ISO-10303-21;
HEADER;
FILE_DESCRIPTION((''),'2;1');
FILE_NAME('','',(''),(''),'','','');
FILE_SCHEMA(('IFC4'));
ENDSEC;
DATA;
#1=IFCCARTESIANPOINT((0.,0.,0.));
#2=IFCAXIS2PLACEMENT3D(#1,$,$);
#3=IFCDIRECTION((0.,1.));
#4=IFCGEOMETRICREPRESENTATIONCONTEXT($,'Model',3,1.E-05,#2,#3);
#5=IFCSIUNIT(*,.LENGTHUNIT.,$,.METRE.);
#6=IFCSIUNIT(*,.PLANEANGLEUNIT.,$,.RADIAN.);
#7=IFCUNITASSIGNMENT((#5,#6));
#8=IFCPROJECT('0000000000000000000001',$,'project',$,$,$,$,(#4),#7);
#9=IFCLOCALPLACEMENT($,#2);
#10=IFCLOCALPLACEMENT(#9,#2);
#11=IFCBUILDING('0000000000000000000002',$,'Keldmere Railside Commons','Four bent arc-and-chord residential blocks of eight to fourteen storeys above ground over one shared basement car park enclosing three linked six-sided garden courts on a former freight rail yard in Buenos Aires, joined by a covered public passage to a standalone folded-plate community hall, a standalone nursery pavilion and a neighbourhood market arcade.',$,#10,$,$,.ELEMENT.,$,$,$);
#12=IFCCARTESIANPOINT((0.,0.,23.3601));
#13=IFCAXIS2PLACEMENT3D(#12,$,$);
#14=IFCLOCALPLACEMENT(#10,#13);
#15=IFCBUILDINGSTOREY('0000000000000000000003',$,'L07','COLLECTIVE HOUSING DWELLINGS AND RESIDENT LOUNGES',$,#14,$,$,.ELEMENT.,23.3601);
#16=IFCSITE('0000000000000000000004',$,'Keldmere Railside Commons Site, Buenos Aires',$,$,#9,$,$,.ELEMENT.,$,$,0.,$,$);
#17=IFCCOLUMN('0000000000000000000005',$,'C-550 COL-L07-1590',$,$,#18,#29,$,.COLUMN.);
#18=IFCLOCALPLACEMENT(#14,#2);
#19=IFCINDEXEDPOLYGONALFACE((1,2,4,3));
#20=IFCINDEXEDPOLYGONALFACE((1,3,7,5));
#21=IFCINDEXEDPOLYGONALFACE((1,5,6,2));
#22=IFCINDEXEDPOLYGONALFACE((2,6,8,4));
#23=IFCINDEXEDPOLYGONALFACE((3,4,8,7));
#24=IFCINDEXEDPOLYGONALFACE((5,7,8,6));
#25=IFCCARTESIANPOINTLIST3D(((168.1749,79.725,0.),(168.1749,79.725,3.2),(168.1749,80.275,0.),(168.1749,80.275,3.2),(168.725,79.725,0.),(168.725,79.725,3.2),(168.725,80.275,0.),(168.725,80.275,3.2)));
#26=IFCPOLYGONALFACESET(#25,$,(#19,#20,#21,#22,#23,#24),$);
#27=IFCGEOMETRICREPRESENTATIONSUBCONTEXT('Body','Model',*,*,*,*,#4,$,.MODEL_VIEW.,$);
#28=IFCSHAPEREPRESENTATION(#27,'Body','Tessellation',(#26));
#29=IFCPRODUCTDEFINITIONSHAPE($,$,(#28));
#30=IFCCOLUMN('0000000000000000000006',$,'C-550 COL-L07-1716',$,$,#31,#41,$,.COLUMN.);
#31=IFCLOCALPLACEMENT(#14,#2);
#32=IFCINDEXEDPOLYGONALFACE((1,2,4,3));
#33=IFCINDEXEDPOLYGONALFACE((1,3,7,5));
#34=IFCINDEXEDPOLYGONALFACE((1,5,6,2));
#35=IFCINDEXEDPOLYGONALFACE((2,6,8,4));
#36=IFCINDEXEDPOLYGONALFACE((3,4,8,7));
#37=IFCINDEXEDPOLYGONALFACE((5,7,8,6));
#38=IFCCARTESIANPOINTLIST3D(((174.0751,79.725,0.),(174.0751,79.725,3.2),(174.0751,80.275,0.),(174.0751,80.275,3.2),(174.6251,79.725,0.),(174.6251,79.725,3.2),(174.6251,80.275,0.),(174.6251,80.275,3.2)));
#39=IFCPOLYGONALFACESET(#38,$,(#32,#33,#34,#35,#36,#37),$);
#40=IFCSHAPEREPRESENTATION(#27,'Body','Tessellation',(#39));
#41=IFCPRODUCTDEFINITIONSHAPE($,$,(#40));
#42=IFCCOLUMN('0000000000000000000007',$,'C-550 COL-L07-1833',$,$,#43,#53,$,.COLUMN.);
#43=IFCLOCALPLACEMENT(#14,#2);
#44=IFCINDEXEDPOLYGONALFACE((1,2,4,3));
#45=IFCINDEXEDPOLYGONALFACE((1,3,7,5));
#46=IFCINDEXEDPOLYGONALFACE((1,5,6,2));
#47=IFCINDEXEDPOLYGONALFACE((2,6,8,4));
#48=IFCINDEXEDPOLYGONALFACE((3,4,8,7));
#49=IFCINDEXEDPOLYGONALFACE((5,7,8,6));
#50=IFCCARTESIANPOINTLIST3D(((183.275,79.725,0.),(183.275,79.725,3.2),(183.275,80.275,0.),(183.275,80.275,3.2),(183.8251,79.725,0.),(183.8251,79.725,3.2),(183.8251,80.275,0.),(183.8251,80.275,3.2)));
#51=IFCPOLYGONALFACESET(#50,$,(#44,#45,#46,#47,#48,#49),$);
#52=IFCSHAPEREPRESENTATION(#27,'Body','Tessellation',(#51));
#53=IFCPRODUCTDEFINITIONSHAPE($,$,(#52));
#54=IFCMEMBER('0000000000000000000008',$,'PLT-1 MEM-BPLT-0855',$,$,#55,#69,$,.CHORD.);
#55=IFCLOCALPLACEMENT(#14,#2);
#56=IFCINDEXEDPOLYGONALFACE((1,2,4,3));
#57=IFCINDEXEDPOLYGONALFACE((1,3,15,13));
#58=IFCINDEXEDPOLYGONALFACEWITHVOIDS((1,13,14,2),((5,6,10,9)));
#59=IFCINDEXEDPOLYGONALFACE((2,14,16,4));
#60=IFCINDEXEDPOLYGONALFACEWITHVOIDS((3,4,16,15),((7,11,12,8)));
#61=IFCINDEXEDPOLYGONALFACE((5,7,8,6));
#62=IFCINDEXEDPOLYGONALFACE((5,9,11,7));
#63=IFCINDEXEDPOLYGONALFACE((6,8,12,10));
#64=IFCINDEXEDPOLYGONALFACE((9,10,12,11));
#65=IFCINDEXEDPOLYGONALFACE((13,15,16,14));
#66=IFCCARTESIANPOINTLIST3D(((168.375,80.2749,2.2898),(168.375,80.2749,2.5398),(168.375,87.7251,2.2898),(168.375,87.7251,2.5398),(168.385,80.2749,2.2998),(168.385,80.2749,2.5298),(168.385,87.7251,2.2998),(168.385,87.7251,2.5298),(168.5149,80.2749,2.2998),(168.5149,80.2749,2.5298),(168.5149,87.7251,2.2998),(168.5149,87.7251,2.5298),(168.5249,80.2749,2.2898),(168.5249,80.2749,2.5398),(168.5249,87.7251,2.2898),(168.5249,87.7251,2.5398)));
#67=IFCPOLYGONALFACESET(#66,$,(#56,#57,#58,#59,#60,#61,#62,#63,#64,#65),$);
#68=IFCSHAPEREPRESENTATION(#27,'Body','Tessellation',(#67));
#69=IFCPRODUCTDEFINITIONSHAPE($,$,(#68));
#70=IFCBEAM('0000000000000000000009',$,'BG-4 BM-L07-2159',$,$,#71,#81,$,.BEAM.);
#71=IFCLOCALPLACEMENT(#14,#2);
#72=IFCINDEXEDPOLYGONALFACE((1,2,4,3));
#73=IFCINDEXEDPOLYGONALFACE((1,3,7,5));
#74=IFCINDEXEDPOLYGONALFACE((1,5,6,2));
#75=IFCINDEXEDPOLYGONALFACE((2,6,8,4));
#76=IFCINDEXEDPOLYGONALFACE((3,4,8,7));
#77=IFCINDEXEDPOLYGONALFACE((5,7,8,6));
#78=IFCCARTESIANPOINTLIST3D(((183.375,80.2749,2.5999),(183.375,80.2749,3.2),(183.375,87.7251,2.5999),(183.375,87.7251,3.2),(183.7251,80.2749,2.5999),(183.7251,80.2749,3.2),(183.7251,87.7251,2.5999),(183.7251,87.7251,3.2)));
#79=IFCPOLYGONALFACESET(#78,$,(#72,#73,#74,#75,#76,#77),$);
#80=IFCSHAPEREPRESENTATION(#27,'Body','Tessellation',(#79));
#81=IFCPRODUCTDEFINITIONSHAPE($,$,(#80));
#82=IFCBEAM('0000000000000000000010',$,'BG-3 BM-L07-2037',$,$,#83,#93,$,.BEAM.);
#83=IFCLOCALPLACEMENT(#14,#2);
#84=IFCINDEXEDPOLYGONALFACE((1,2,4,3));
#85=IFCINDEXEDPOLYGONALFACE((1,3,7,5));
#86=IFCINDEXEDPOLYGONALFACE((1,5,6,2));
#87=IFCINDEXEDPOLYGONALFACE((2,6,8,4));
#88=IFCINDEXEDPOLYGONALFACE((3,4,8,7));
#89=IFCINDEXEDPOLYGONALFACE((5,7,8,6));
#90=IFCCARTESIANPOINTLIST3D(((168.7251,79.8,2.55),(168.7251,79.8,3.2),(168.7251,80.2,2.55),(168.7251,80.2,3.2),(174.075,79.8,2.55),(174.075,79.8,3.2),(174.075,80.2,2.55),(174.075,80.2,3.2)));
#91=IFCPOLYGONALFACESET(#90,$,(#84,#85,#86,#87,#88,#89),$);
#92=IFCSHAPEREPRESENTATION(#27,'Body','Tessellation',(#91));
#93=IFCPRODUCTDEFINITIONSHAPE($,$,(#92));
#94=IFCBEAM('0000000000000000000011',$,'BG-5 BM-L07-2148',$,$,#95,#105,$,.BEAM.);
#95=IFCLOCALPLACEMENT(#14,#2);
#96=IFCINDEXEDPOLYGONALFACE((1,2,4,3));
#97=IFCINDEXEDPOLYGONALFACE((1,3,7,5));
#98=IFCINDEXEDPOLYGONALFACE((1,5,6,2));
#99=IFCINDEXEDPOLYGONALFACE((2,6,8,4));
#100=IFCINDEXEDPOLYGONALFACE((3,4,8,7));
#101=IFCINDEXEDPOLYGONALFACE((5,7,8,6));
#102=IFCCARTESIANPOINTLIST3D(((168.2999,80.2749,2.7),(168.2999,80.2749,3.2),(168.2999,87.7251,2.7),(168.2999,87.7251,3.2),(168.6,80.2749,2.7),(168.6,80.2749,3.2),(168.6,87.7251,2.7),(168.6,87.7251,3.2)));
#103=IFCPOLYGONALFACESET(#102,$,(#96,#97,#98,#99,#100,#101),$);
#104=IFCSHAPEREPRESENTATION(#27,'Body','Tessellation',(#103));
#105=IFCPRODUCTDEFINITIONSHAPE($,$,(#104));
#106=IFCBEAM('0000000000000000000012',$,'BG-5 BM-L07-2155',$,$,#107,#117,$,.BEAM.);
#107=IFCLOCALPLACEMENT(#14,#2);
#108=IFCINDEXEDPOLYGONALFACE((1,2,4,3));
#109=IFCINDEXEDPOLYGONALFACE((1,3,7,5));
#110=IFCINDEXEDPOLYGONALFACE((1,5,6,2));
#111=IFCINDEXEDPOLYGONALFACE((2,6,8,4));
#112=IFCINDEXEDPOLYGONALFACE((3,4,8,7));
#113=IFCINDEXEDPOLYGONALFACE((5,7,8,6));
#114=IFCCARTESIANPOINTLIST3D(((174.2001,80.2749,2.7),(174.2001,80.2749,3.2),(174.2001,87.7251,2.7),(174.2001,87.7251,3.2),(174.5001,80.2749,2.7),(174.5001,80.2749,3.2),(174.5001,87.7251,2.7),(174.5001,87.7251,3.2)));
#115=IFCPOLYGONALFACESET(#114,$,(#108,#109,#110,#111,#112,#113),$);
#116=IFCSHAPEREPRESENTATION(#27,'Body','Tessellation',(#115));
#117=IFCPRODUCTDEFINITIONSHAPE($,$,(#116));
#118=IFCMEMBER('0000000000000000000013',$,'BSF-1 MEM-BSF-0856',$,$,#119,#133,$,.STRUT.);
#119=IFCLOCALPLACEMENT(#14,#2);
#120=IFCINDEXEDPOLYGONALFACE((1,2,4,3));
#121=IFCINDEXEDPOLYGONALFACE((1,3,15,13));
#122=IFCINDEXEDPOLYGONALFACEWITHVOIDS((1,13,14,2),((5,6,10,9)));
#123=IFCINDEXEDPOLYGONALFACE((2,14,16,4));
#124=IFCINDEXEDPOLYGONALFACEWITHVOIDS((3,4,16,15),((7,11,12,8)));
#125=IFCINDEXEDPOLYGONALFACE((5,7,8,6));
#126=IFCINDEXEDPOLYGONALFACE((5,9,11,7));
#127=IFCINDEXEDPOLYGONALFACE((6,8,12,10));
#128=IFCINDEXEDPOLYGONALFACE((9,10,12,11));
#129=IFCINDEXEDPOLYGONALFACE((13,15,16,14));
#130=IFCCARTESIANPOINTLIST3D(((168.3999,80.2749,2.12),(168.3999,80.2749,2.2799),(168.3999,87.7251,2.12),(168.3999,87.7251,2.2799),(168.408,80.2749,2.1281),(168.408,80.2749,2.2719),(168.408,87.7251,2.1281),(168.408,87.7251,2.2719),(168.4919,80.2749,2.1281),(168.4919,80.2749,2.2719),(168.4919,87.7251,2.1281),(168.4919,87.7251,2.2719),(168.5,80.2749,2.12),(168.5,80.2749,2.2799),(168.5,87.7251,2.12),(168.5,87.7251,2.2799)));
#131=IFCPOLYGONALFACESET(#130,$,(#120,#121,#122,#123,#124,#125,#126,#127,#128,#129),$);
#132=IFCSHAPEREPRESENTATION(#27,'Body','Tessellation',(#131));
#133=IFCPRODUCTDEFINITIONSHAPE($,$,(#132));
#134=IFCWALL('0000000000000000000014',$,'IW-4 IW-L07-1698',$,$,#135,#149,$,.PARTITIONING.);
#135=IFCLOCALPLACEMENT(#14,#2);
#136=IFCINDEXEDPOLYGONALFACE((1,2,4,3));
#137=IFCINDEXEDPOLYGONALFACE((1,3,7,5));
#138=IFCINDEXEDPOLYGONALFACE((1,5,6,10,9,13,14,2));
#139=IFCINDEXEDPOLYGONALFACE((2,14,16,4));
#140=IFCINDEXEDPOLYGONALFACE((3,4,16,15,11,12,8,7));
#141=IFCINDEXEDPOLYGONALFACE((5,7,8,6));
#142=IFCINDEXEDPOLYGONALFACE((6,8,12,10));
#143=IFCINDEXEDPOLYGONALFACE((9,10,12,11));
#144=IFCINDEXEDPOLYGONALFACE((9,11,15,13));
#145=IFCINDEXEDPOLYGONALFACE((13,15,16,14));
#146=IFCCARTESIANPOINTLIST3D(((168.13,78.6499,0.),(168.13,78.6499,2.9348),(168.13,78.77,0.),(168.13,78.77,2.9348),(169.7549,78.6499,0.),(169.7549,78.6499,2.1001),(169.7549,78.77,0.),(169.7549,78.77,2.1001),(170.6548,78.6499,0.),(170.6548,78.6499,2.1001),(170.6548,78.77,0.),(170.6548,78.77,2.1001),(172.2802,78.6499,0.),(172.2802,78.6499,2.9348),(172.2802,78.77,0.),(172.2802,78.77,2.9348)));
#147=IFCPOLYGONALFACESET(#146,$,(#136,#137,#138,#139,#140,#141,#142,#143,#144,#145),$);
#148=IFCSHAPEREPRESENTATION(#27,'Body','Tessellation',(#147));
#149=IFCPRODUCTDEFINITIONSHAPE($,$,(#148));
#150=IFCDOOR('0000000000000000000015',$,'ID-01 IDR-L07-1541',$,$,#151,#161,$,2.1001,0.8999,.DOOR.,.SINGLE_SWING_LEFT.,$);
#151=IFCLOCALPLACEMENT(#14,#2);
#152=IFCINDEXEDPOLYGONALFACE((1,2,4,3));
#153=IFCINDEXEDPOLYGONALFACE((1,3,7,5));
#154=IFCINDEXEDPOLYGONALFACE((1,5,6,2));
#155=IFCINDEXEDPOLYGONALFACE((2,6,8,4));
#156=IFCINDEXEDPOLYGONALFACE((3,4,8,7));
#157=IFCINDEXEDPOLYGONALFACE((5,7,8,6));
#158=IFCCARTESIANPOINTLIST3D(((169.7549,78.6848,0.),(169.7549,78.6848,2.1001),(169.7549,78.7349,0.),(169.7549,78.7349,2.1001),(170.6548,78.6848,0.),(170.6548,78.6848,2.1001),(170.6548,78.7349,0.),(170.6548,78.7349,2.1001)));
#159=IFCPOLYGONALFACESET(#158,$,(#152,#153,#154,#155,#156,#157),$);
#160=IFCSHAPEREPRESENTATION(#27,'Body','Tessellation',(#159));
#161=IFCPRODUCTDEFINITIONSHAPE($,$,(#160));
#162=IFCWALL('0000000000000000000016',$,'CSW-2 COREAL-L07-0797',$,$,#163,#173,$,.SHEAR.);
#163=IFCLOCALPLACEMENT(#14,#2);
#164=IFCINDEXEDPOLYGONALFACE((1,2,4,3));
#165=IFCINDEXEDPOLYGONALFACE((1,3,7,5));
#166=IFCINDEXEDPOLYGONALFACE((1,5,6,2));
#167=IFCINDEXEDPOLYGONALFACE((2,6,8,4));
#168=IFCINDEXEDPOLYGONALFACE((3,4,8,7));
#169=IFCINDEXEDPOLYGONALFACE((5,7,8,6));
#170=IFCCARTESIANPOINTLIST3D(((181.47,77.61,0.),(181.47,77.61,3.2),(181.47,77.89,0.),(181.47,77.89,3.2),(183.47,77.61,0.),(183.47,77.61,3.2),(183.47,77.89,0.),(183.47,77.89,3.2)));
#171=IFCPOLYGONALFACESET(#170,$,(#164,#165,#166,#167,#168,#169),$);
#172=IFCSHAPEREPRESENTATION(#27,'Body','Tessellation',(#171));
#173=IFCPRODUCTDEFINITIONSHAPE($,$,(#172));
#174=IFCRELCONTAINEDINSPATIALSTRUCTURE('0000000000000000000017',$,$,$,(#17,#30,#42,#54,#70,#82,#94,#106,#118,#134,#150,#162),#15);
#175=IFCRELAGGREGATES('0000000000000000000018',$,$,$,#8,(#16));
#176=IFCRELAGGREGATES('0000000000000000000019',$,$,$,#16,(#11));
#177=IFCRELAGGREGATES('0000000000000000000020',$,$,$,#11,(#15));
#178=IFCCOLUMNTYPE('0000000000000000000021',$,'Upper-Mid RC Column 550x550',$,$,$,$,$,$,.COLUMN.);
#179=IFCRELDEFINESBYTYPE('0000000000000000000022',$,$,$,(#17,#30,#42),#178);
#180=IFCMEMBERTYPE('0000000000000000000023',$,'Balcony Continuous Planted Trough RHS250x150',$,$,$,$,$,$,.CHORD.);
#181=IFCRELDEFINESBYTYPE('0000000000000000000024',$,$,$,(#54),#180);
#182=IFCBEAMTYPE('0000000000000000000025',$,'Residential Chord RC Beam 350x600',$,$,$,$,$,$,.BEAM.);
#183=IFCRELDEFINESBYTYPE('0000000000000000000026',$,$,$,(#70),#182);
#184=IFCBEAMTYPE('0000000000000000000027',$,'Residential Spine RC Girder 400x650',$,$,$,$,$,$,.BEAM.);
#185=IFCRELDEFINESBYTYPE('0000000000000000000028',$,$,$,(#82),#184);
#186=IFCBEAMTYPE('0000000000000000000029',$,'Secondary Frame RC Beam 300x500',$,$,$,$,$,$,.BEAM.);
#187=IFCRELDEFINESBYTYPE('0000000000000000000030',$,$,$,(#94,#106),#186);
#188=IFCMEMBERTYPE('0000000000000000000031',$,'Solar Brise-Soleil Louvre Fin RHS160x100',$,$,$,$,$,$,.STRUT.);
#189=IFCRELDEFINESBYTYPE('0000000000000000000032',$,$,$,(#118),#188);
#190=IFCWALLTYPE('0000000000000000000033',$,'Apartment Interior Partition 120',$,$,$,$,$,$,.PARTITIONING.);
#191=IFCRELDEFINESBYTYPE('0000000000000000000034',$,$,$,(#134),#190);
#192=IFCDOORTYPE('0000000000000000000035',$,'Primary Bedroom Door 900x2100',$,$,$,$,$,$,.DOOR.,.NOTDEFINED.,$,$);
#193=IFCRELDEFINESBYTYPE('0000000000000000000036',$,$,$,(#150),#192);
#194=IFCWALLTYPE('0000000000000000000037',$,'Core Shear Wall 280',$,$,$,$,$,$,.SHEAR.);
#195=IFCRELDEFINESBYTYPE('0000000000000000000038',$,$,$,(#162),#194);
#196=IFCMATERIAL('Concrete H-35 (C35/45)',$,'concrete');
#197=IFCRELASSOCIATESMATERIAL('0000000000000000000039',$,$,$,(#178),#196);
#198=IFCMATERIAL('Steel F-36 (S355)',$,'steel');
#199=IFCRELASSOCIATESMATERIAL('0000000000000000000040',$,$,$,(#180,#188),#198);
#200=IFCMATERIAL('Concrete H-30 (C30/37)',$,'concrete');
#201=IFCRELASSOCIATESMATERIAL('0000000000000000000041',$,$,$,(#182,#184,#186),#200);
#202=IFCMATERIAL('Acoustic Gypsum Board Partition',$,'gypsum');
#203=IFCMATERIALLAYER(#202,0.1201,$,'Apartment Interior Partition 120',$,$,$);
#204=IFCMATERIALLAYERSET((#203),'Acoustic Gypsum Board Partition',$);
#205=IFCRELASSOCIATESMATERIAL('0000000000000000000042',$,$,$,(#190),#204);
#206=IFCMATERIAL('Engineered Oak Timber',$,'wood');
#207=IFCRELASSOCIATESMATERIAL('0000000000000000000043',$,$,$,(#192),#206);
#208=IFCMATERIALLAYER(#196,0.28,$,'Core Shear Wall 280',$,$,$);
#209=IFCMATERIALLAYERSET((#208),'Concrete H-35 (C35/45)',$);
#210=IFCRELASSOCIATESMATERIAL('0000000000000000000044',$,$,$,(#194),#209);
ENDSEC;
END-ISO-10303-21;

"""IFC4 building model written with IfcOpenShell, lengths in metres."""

from ifc_helpers import new_model, si_unit, direction, frame, frame_2d, origin, origin_2d, place, context, subcontext, project, spatial, rectangle, hollow_rectangle, extrude, material, layer, layer_set, material_profile, profile_set, type_object, element, fill, save


model = new_model("IFC4")

# Units and contexts
model_context = context("Model", 3, precision=1e-05, world=origin(), true_north=direction((0.0, 1.0)))
body_context = subcontext(model_context, "Body", "Model", "MODEL_VIEW")
ifc_project = project(units=[si_unit("LENGTHUNIT", "METRE"), si_unit("PLANEANGLEUNIT", "RADIAN")], contexts=[model_context])

# Site, building, storey
site_placement = place(None, origin())
site = spatial("IfcSite", under=ifc_project, at=site_placement, Name="Keldmere Railside Commons Site, Buenos Aires", CompositionType="ELEMENT", RefElevation=0.0)
building_placement = place(site_placement, origin())
building = spatial("IfcBuilding", under=site, at=building_placement, Name="Keldmere Railside Commons", Description="Four bent arc-and-chord residential blocks of eight to fourteen storeys above ground over one shared basement car park enclosing three linked six-sided garden courts on a former freight rail yard in Buenos Aires, joined by a covered public passage to a standalone folded-plate community hall, a standalone nursery pavilion and a neighbourhood market arcade.", CompositionType="ELEMENT")
storey_placement = place(building_placement, frame((0.0, 0.0, 23.3601)))
storey = spatial("IfcBuildingStorey", under=building, at=storey_placement, Name="L07", Description="COLLECTIVE HOUSING DWELLINGS AND RESIDENT LOUNGES", CompositionType="ELEMENT", Elevation=23.3601)

# Columns
ifc_material_1 = material(Name="Concrete H-35 (C35/45)", Category="concrete")
ifc_material_profile_1 = material_profile(ifc_material_1, rectangle(XDim=0.55, YDim=0.55, at=origin_2d()), Name="RC-550x550")
ifc_profile_set_1 = profile_set([ifc_material_profile_1], Name="Concrete H-35 (C35/45)")
column_type = type_object("IfcColumnType", Name="Upper-Mid RC Column 550x550", PredefinedType="COLUMN", material=ifc_profile_set_1)
for number, where, z_axis, x_axis, name in (
    (1, (168.45, 80.0, 0.0), (0.0, 0.0, 1.0), (1.0, 0.0, 0.0), "C-550 COL-L07-1590"),
    (2, (174.3501, 80.0, 0.0), (0.0, 0.0, 1.0), (1.0, 0.0, 0.0), "C-550 COL-L07-1716"),
    (3, (183.55, 80.0, 0.0), (0.0, 0.0, 1.0), (1.0, 0.0, 0.0), "C-550 COL-L07-1833"),
):
    element("IfcColumn", number, at=place(storey_placement, frame(where, z_axis=z_axis, x_axis=x_axis)), inside=storey, type_object=column_type, Name=name, PredefinedType="COLUMN", context=body_context, shape_type="SweptSolid", body=[
        extrude(rectangle(XDim=0.55, YDim=0.55, at=origin_2d()), origin(), (0.0, 0.0, 1.0), 3.2),
    ])

# Member
ifc_material_2 = material(Name="Steel F-36 (S355)", Category="steel")
ifc_material_profile_2 = material_profile(ifc_material_2, hollow_rectangle(XDim=0.1499, YDim=0.25, WallThickness=0.01, at=origin_2d()), Name="RHS-250x150x10")
ifc_profile_set_2 = profile_set([ifc_material_profile_2], Name="Steel F-36 (S355)")
member_type_1 = type_object("IfcMemberType", Name="Balcony Continuous Planted Trough RHS250x150", PredefinedType="CHORD", material=ifc_profile_set_2)
member_1_placement = place(storey_placement, frame((168.45, 80.2749, 2.4148), z_axis=(0.0, 1.0, 0.0), x_axis=(-1.0, 0.0, 0.0)))
element("IfcMember", 4, at=member_1_placement, inside=storey, type_object=member_type_1, Name="PLT-1 MEM-BPLT-0855", PredefinedType="CHORD", context=body_context, shape_type="SweptSolid", body=[
    extrude(hollow_rectangle(XDim=0.1499, YDim=0.25, WallThickness=0.01, at=origin_2d()), origin(), (0.0, 0.0, 1.0), 7.4502),
])

# Beams
ifc_material_3 = material(Name="Concrete H-30 (C30/37)", Category="concrete")
ifc_material_profile_3 = material_profile(ifc_material_3, rectangle(XDim=0.3501, YDim=0.6001, at=origin_2d()), Name="RC-350x600")
ifc_profile_set_3 = profile_set([ifc_material_profile_3], Name="Concrete H-30 (C30/37)")
beam_type_1 = type_object("IfcBeamType", Name="Residential Chord RC Beam 350x600", PredefinedType="BEAM", material=ifc_profile_set_3)
beam_1_placement = place(storey_placement, frame((183.55, 80.2749, 2.8999), z_axis=(0.0, 1.0, 0.0), x_axis=(-1.0, 0.0, 0.0)))
element("IfcBeam", 5, at=beam_1_placement, inside=storey, type_object=beam_type_1, Name="BG-4 BM-L07-2159", PredefinedType="BEAM", context=body_context, shape_type="SweptSolid", body=[
    extrude(rectangle(XDim=0.3501, YDim=0.6001, at=origin_2d()), origin(), (0.0, 0.0, 1.0), 7.4502),
])
ifc_material_profile_4 = material_profile(ifc_material_3, rectangle(XDim=0.3999, YDim=0.6499, at=origin_2d()), Name="RC-400x650")
ifc_profile_set_4 = profile_set([ifc_material_profile_4], Name="Concrete H-30 (C30/37)")
beam_type_2 = type_object("IfcBeamType", Name="Residential Spine RC Girder 400x650", PredefinedType="BEAM", material=ifc_profile_set_4)
beam_2_placement = place(storey_placement, frame((168.7251, 80.0, 2.875), z_axis=(1.0, 0.0, 0.0), x_axis=(0.0, 1.0, 0.0)))
element("IfcBeam", 6, at=beam_2_placement, inside=storey, type_object=beam_type_2, Name="BG-3 BM-L07-2037", PredefinedType="BEAM", context=body_context, shape_type="SweptSolid", body=[
    extrude(rectangle(XDim=0.3999, YDim=0.6499, at=origin_2d()), origin(), (0.0, 0.0, 1.0), 5.3499),
])
ifc_material_profile_5 = material_profile(ifc_material_3, rectangle(XDim=0.3, YDim=0.5, at=origin_2d()), Name="RC-300x500")
ifc_profile_set_5 = profile_set([ifc_material_profile_5], Name="Concrete H-30 (C30/37)")
beam_type_3 = type_object("IfcBeamType", Name="Secondary Frame RC Beam 300x500", PredefinedType="BEAM", material=ifc_profile_set_5)
for number, where, z_axis, x_axis, name in (
    (7, (168.45, 80.2749, 2.95), (0.0, 1.0, 0.0), (-1.0, 0.0, 0.0), "BG-5 BM-L07-2148"),
    (8, (174.3501, 80.2749, 2.95), (0.0, 1.0, 0.0), (-1.0, 0.0, 0.0), "BG-5 BM-L07-2155"),
):
    element("IfcBeam", number, at=place(storey_placement, frame(where, z_axis=z_axis, x_axis=x_axis)), inside=storey, type_object=beam_type_3, Name=name, PredefinedType="BEAM", context=body_context, shape_type="SweptSolid", body=[
        extrude(rectangle(XDim=0.3, YDim=0.5, at=origin_2d()), origin(), (0.0, 0.0, 1.0), 7.4502),
    ])

# Member
ifc_material_profile_6 = material_profile(ifc_material_2, hollow_rectangle(XDim=0.1001, YDim=0.1599, WallThickness=0.0081, at=origin_2d()), Name="RHS-160x100x8")
ifc_profile_set_6 = profile_set([ifc_material_profile_6], Name="Steel F-36 (S355)")
member_type_2 = type_object("IfcMemberType", Name="Solar Brise-Soleil Louvre Fin RHS160x100", PredefinedType="STRUT", material=ifc_profile_set_6)
member_2_placement = place(storey_placement, frame((168.45, 80.2749, 2.2), z_axis=(0.0, 1.0, 0.0), x_axis=(-1.0, 0.0, 0.0)))
element("IfcMember", 9, at=member_2_placement, inside=storey, type_object=member_type_2, Name="BSF-1 MEM-BSF-0856", PredefinedType="STRUT", context=body_context, shape_type="SweptSolid", body=[
    extrude(hollow_rectangle(XDim=0.1001, YDim=0.1599, WallThickness=0.0081, at=origin_2d()), origin(), (0.0, 0.0, 1.0), 7.4502),
])

# Wall, opening, door
ifc_material_4 = material(Name="Acoustic Gypsum Board Partition", Category="gypsum")
ifc_layer_1 = layer(ifc_material_4, 0.1201, Name="Apartment Interior Partition 120")
ifc_layer_set_1 = layer_set([ifc_layer_1], Name="Acoustic Gypsum Board Partition")
wall_type_1 = type_object("IfcWallType", Name="Apartment Interior Partition 120", PredefinedType="PARTITIONING", material=ifc_layer_set_1)
wall_1_placement = place(storey_placement, frame((168.1299, 78.71, 0.0), z_axis=(0.0, 0.0, 1.0), x_axis=(1.0, 0.0, 0.0)))
wall_1 = element("IfcWall", 10, at=wall_1_placement, inside=storey, type_object=wall_type_1, Name="IW-4 IW-L07-1698", PredefinedType="PARTITIONING", context=body_context, shape_type="SweptSolid", body=[
    extrude(rectangle(XDim=4.1501, YDim=0.1201, at=frame_2d((2.0752, 0.0))), origin(), (0.0, 0.0, 1.0), 2.9348),
])
opening_1_placement = place(wall_1_placement, frame((1.625, 0.0, 0.0)))
opening_1 = element("IfcOpeningElement", 11, at=opening_1_placement, cuts=wall_1, PredefinedType="OPENING", context=body_context, shape_type="SweptSolid", body=[
    extrude(rectangle(XDim=0.8999, YDim=2.1001, at=frame_2d((0.45, 1.05))), frame((0.0, 0.0701, 0.0), z_axis=(0.0, -1.0, 0.0), x_axis=(1.0, 0.0, 0.0)), (0.0, 0.0, 1.0), 0.1401),
])
ifc_material_5 = material(Name="Engineered Oak Timber", Category="wood")
door_type_1 = type_object("IfcDoorType", Name="Primary Bedroom Door 900x2100", OperationType="NOTDEFINED", PredefinedType="DOOR", material=ifc_material_5)
door_1_placement = place(opening_1_placement, origin())
door_1 = element("IfcDoor", 12, at=door_1_placement, inside=storey, type_object=door_type_1, Name="ID-01 IDR-L07-1541", OperationType="SINGLE_SWING_LEFT", OverallHeight=2.1001, OverallWidth=0.8999, PredefinedType="DOOR", context=body_context, shape_type="SweptSolid", body=[
    extrude(rectangle(XDim=0.8999, YDim=2.1001, at=frame_2d((0.45, 1.05))), frame((0.0, 0.0249, 0.0), z_axis=(0.0, -1.0, 0.0), x_axis=(1.0, 0.0, 0.0)), (0.0, 0.0, 1.0), 0.05),
])
fill(opening_1, door_1)

# Wall
ifc_layer_2 = layer(ifc_material_1, 0.28, Name="Core Shear Wall 280")
ifc_layer_set_2 = layer_set([ifc_layer_2], Name="Concrete H-35 (C35/45)")
wall_type_2 = type_object("IfcWallType", Name="Core Shear Wall 280", PredefinedType="SHEAR", material=ifc_layer_set_2)
wall_2_placement = place(storey_placement, frame((181.47, 77.75, 0.0), z_axis=(0.0, 0.0, 1.0), x_axis=(1.0, 0.0, 0.0)))
element("IfcWall", 13, at=wall_2_placement, inside=storey, type_object=wall_type_2, Name="CSW-2 COREAL-L07-0797", PredefinedType="SHEAR", context=body_context, shape_type="SweptSolid", body=[
    extrude(rectangle(XDim=2.0, YDim=0.28, at=frame_2d((1.0, 0.0))), origin(), (0.0, 0.0, 1.0), 3.2),
])

save(model, "model.ifc")
